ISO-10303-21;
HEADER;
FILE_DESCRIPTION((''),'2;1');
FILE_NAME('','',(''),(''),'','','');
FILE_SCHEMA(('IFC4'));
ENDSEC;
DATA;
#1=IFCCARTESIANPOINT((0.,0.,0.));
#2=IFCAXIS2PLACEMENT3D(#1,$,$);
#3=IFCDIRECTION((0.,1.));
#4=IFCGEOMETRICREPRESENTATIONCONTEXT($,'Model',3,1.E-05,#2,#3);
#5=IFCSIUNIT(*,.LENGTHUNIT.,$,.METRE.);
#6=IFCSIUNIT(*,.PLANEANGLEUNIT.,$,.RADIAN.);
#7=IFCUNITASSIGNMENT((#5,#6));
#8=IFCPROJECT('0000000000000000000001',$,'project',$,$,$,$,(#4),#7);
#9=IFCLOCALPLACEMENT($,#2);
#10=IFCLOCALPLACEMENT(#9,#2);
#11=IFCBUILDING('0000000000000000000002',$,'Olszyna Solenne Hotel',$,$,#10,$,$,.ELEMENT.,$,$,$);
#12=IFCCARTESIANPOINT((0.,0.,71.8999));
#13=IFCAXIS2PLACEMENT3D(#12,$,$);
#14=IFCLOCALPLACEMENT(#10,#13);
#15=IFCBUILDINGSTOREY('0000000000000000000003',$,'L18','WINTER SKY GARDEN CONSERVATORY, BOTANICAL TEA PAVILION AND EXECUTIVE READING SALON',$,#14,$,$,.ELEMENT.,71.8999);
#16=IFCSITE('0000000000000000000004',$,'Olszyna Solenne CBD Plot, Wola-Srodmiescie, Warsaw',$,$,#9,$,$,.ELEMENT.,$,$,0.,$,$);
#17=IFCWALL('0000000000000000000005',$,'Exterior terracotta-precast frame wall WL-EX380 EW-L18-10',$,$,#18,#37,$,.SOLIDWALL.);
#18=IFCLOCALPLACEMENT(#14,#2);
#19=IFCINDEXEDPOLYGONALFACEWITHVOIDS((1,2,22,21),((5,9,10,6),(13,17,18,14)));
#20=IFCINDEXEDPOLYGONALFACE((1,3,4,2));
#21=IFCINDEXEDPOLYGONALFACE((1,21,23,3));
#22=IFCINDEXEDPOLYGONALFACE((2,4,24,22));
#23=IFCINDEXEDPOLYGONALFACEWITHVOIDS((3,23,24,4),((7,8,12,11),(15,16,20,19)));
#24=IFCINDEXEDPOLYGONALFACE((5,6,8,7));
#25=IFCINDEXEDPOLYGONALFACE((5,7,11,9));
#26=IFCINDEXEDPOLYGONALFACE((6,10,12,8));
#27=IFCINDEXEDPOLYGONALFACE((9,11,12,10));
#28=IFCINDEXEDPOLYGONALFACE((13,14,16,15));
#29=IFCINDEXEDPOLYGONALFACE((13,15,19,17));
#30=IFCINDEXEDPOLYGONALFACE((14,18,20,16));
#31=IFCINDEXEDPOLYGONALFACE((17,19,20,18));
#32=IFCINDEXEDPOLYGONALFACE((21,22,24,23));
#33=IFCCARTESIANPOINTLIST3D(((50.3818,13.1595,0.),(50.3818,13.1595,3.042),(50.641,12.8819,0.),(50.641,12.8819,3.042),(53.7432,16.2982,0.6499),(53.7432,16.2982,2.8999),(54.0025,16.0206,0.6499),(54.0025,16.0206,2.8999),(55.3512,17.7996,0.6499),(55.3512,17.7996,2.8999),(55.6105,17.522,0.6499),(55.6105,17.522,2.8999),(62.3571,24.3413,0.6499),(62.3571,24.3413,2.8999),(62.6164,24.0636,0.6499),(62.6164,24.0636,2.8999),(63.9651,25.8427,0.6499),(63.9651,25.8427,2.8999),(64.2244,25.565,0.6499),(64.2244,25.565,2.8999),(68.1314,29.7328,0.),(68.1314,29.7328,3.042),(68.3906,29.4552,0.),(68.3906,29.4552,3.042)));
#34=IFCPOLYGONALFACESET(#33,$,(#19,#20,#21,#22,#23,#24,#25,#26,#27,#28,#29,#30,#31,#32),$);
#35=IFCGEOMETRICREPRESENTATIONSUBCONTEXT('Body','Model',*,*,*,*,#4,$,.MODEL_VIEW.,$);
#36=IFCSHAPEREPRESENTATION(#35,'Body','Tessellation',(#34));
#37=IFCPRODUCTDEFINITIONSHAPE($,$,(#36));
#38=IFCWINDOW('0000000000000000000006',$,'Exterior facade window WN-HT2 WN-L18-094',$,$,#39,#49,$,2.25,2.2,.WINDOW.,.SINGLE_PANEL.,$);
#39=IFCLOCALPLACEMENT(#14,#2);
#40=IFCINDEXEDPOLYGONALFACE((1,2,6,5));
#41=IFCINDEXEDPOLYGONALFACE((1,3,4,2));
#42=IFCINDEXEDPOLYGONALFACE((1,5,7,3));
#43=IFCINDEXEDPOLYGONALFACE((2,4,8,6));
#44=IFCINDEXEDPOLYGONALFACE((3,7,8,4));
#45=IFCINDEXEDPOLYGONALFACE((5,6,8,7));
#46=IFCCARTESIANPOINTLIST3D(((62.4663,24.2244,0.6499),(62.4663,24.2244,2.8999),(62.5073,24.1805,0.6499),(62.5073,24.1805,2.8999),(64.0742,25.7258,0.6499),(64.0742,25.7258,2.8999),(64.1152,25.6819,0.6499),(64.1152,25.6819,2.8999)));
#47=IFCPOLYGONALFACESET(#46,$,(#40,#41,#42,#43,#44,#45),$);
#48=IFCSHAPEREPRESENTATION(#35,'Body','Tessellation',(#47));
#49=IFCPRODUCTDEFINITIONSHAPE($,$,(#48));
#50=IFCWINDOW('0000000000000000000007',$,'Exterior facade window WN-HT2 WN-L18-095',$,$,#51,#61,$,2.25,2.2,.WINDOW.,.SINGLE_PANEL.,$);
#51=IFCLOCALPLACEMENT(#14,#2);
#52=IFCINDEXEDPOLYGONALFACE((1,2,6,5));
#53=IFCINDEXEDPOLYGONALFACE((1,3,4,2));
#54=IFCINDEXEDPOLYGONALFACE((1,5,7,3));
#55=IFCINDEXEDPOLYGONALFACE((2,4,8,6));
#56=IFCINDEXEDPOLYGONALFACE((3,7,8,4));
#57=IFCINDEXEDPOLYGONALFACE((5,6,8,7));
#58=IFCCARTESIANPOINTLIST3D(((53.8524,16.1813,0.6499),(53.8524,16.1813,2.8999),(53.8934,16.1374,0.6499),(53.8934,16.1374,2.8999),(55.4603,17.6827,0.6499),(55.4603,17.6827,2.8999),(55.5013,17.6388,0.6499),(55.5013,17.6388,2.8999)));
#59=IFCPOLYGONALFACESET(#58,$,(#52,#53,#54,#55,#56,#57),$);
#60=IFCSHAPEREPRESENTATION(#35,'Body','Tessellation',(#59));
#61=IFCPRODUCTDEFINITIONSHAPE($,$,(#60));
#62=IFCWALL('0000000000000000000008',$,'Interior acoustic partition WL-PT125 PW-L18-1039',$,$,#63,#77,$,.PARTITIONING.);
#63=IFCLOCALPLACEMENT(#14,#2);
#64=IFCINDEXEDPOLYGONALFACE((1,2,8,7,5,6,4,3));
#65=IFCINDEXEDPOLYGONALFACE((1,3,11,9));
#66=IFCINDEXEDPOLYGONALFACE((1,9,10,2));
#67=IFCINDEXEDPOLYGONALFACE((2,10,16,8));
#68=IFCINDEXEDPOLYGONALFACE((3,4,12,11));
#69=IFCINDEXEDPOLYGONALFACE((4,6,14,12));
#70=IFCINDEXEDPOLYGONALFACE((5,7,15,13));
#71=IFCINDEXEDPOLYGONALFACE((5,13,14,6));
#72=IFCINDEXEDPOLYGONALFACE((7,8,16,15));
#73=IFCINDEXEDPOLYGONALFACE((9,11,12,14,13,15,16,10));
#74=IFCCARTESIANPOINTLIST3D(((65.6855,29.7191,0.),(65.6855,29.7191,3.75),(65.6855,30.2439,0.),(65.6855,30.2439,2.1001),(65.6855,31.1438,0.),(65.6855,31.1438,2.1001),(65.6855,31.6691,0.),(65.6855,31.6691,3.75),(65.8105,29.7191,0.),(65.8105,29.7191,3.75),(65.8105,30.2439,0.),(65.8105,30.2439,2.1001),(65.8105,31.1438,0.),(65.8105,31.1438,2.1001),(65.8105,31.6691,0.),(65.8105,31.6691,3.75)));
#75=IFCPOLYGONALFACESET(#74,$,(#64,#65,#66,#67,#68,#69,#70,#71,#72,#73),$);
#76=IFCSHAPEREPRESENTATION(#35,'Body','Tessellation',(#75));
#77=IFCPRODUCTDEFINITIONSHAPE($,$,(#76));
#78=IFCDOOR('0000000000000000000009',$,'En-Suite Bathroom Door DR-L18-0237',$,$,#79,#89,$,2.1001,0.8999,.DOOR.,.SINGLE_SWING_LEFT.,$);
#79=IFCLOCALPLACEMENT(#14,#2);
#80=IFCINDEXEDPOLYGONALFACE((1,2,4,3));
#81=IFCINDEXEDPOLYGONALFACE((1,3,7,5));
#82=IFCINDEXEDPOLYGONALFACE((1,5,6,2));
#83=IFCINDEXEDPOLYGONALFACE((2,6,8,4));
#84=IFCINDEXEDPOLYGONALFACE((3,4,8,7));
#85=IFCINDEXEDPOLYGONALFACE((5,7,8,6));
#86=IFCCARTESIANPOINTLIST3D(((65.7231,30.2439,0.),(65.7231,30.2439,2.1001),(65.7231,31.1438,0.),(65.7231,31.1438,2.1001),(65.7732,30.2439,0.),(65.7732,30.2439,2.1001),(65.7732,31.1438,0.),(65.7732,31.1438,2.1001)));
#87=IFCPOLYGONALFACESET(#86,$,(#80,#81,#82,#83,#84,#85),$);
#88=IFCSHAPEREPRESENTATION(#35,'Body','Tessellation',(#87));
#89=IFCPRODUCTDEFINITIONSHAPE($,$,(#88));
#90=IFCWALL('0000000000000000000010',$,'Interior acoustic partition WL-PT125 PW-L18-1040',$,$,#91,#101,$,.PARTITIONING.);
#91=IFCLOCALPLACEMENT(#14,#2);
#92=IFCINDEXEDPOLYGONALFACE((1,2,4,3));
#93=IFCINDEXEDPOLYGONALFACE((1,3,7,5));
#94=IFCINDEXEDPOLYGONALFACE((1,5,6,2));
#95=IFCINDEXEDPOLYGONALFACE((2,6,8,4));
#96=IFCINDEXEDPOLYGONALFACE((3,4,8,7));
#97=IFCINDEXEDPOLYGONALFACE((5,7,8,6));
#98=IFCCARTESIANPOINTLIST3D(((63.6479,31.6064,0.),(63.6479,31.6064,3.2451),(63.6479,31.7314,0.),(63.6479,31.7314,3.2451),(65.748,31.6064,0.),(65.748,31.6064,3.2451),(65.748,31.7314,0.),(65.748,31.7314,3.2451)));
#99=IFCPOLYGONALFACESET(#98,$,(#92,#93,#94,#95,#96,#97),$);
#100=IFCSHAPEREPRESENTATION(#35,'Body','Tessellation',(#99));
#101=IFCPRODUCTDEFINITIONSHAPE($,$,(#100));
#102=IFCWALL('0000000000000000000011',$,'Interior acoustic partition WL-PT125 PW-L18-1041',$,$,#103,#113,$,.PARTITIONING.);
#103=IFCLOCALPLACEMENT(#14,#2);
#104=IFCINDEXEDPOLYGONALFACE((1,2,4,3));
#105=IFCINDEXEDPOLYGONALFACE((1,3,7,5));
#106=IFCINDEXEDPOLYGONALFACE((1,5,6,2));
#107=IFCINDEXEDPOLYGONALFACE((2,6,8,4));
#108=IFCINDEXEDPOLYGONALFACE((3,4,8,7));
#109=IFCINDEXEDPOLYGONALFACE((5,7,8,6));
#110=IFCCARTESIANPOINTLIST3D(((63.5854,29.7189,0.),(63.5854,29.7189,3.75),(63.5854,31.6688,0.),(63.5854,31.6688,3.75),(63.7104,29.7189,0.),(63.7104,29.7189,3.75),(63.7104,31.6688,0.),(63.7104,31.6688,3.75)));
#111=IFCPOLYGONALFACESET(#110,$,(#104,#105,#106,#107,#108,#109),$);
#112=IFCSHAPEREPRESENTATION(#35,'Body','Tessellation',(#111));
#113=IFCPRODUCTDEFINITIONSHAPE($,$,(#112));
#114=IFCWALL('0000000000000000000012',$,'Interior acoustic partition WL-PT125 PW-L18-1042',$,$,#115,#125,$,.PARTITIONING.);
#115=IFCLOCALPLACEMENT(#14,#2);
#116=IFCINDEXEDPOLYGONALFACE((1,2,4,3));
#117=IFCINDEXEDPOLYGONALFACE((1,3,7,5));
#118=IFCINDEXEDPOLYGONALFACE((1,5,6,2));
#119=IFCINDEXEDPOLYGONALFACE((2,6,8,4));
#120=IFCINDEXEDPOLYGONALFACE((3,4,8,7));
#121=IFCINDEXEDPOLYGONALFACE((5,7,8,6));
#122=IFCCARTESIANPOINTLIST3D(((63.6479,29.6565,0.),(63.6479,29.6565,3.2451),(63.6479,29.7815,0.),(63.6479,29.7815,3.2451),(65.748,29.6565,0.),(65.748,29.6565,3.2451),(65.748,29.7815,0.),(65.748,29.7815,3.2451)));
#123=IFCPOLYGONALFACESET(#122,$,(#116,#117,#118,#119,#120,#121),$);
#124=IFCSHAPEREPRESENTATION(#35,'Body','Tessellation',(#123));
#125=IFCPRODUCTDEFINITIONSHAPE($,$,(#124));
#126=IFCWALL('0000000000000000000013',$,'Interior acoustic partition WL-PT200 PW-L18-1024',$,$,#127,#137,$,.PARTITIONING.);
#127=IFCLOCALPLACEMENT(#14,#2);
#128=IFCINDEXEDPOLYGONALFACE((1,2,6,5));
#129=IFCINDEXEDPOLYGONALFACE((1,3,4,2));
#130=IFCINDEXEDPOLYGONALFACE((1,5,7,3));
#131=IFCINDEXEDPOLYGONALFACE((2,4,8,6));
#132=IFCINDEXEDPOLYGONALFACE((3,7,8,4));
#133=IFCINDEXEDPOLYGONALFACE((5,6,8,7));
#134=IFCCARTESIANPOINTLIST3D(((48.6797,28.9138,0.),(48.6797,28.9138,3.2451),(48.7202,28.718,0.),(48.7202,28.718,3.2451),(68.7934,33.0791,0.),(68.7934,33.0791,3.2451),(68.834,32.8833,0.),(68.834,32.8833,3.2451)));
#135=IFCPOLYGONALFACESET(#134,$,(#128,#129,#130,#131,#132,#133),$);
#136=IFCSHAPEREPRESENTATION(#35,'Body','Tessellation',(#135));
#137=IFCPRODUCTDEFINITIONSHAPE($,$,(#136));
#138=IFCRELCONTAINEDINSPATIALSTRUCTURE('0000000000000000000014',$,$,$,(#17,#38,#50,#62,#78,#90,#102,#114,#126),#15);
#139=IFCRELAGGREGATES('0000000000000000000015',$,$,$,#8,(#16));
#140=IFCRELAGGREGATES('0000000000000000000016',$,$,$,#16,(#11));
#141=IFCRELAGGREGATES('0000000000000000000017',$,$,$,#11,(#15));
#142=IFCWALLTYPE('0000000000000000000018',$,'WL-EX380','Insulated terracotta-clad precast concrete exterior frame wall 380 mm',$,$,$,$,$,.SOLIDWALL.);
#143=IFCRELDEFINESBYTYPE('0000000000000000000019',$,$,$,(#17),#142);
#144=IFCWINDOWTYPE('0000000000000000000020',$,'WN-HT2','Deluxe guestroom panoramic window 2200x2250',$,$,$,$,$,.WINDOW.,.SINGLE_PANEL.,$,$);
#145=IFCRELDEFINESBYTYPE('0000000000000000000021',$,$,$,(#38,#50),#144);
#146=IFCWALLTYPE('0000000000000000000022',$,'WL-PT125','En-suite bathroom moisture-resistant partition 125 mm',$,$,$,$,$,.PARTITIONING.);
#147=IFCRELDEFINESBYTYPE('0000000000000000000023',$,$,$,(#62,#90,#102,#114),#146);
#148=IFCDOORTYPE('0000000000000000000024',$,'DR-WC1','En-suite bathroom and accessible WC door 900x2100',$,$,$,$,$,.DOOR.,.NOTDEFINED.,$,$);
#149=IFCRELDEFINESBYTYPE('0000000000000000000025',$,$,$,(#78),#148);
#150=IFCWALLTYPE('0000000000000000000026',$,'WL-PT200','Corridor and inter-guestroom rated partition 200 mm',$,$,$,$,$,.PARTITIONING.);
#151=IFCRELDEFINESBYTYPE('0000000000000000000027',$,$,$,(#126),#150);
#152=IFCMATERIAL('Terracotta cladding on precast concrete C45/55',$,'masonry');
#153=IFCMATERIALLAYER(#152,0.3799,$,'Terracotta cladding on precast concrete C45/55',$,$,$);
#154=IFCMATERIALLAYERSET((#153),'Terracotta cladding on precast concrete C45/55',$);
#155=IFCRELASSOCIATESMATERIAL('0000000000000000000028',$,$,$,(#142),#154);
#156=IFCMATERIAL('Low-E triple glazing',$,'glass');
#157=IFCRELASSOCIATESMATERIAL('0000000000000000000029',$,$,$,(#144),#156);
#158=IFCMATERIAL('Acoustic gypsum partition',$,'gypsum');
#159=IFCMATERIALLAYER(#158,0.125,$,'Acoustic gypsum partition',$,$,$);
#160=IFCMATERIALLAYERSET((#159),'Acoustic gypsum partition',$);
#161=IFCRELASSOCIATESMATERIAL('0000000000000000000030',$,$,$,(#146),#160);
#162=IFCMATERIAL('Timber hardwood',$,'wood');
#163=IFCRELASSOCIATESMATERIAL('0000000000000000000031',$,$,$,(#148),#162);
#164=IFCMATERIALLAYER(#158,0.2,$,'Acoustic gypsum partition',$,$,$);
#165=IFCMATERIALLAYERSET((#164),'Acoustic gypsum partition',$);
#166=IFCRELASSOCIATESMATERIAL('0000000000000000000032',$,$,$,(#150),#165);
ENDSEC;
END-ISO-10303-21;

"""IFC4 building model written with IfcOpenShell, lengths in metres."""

from ifc_helpers import new_model, si_unit, direction, frame, frame_2d, origin, place, context, subcontext, project, spatial, rectangle, extrude, source, transform, mapped, material, layer, layer_set, type_object, type_shapes, element, fill, save


model = new_model("IFC4")

# Units and contexts
model_context = context("Model", 3, precision=1e-05, world=origin(), true_north=direction((0.0, 1.0)))
body_context = subcontext(model_context, "Body", "Model", "MODEL_VIEW")
ifc_project = project(units=[si_unit("LENGTHUNIT", "METRE"), si_unit("PLANEANGLEUNIT", "RADIAN")], contexts=[model_context])

# Site, building, storey
site_placement = place(None, origin())
site = spatial("IfcSite", under=ifc_project, at=site_placement, Name="Olszyna Solenne CBD Plot, Wola-Srodmiescie, Warsaw", CompositionType="ELEMENT", RefElevation=0.0)
building_placement = place(site_placement, origin())
building = spatial("IfcBuilding", under=site, at=building_placement, Name="Olszyna Solenne Hotel", CompositionType="ELEMENT")
storey_placement = place(building_placement, frame((0.0, 0.0, 71.8999)))
storey = spatial("IfcBuildingStorey", under=building, at=storey_placement, Name="L18", Description="WINTER SKY GARDEN CONSERVATORY, BOTANICAL TEA PAVILION AND EXECUTIVE READING SALON", CompositionType="ELEMENT", Elevation=71.8999)

# Shared definitions
ifc_material_1 = material(Name="Timber hardwood", Category="wood")

# Shared definitions
ifc_material_2 = material(Name="Low-E triple glazing", Category="glass")

# Wall, openings, windows
ifc_material_3 = material(Name="Terracotta cladding on precast concrete C45/55", Category="masonry")
ifc_layer_1 = layer(ifc_material_3, 0.3799, Name="Terracotta cladding on precast concrete C45/55")
ifc_layer_set_1 = layer_set([ifc_layer_1], Name="Terracotta cladding on precast concrete C45/55")
wall_type_1 = type_object("IfcWallType", Name="WL-EX380", Description="Insulated terracotta-clad precast concrete exterior frame wall 380 mm", PredefinedType="SOLIDWALL", material=ifc_layer_set_1)
window_type_1 = type_object("IfcWindowType", Name="WN-HT2", Description="Deluxe guestroom panoramic window 2200x2250", PartitioningType="SINGLE_PANEL", PredefinedType="WINDOW", material=ifc_material_2)
shared_shape_1 = source(origin(), body_context, "Body", "SweptSolid", [
    extrude(rectangle(XDim=2.2, YDim=2.25, at=frame_2d((1.1001, 1.125))), frame((0.0, 0.03, 0.0), z_axis=(0.0, -1.0, 0.0), x_axis=(1.0, 0.0, 0.0)), (0.0, 0.0, 1.0), 0.0601),
])
type_shapes(window_type_1, [shared_shape_1])
wall_1_placement = place(storey_placement, frame((68.261, 29.594, 0.0), z_axis=(0.0, 0.0, 1.0), x_axis=(-0.730911, -0.682473, 0.0)))
wall_1 = element("IfcWall", 1, at=wall_1_placement, inside=storey, type_object=wall_type_1, Name="Exterior terracotta-precast frame wall WL-EX380 EW-L18-10", PredefinedType="SOLIDWALL", context=body_context, shape_type="SweptSolid", body=[
    extrude(rectangle(XDim=24.2842, YDim=0.3799, at=frame_2d((12.1421, 0.0))), origin(), (0.0, 0.0, 1.0), 3.042),
])
opening_1_placement = place(wall_1_placement, frame((5.7, 0.0, 0.6499)))
opening_1 = element("IfcOpeningElement", 2, at=opening_1_placement, cuts=wall_1, PredefinedType="OPENING", context=body_context, shape_type="SweptSolid", body=[
    extrude(rectangle(XDim=2.2, YDim=2.25, at=frame_2d((1.1001, 1.125))), frame((0.0, 0.2, 0.0), z_axis=(0.0, -1.0, 0.0), x_axis=(1.0, 0.0, 0.0)), (0.0, 0.0, 1.0), 0.3999),
])
opening_2_placement = place(wall_1_placement, frame((17.4851, 0.0, 0.6499)))
opening_2 = element("IfcOpeningElement", 3, at=opening_2_placement, cuts=wall_1, PredefinedType="OPENING", context=body_context, shape_type="SweptSolid", body=[
    extrude(rectangle(XDim=2.2, YDim=2.25, at=frame_2d((1.1001, 1.125))), frame((0.0, 0.2, 0.0), z_axis=(0.0, -1.0, 0.0), x_axis=(1.0, 0.0, 0.0)), (0.0, 0.0, 1.0), 0.3999),
])
window_1_placement = place(opening_1_placement, origin())
window_1 = element("IfcWindow", 4, at=window_1_placement, inside=storey, type_object=window_type_1, Name="Exterior facade window WN-HT2 WN-L18-094", OverallHeight=2.25, OverallWidth=2.2, PartitioningType="SINGLE_PANEL", PredefinedType="WINDOW", context=body_context, shape_type="MappedRepresentation", body=[
    mapped(shared_shape_1, transform((0.0, 0.0, 0.0), x_axis=(1.0, 0.0, 0.0), y_axis=(0.0, 1.0, 0.0), z_axis=(0.0, 0.0, 1.0), scale=1.0)),
])
fill(opening_1, window_1)
window_2_placement = place(opening_2_placement, origin())
window_2 = element("IfcWindow", 5, at=window_2_placement, inside=storey, type_object=window_type_1, Name="Exterior facade window WN-HT2 WN-L18-095", OverallHeight=2.25, OverallWidth=2.2, PartitioningType="SINGLE_PANEL", PredefinedType="WINDOW", context=body_context, shape_type="MappedRepresentation", body=[
    mapped(shared_shape_1, transform((0.0, 0.0, 0.0), x_axis=(1.0, 0.0, 0.0), y_axis=(0.0, 1.0, 0.0), z_axis=(0.0, 0.0, 1.0), scale=1.0)),
])
fill(opening_2, window_2)

# Wall, opening, door
ifc_material_4 = material(Name="Acoustic gypsum partition", Category="gypsum")
ifc_layer_2 = layer(ifc_material_4, 0.125, Name="Acoustic gypsum partition")
ifc_layer_set_2 = layer_set([ifc_layer_2], Name="Acoustic gypsum partition")
wall_type_2 = type_object("IfcWallType", Name="WL-PT125", Description="En-suite bathroom moisture-resistant partition 125 mm", PredefinedType="PARTITIONING", material=ifc_layer_set_2)
wall_2_placement = place(storey_placement, frame((65.748, 29.719, 0.0), z_axis=(0.0, 0.0, 1.0), x_axis=(0.0, 1.0, 0.0)))
wall_2 = element("IfcWall", 6, at=wall_2_placement, inside=storey, type_object=wall_type_2, Name="Interior acoustic partition WL-PT125 PW-L18-1039", PredefinedType="PARTITIONING", context=body_context, shape_type="SweptSolid", body=[
    extrude(rectangle(XDim=1.95, YDim=0.125, at=frame_2d((0.9751, 0.0))), origin(), (0.0, 0.0, 1.0), 3.75),
])
opening_3_placement = place(wall_2_placement, frame((0.5249, 0.0, 0.0)))
opening_3 = element("IfcOpeningElement", 7, at=opening_3_placement, cuts=wall_2, PredefinedType="OPENING", context=body_context, shape_type="SweptSolid", body=[
    extrude(rectangle(XDim=0.8999, YDim=2.1001, at=frame_2d((0.45, 1.05))), frame((0.0, 0.0725, 0.0), z_axis=(0.0, -1.0, 0.0), x_axis=(1.0, 0.0, 0.0)), (0.0, 0.0, 1.0), 0.145),
])
door_type_1 = type_object("IfcDoorType", Name="DR-WC1", Description="En-suite bathroom and accessible WC door 900x2100", OperationType="NOTDEFINED", PredefinedType="DOOR", material=ifc_material_1)
shared_shape_2 = source(origin(), body_context, "Body", "SweptSolid", [
    extrude(rectangle(XDim=0.8999, YDim=2.1001, at=frame_2d((0.45, 1.05))), frame((0.0, 0.0249, 0.0), z_axis=(0.0, -1.0, 0.0), x_axis=(1.0, 0.0, 0.0)), (0.0, 0.0, 1.0), 0.05),
])
type_shapes(door_type_1, [shared_shape_2])
door_1_placement = place(opening_3_placement, origin())
door_1 = element("IfcDoor", 8, at=door_1_placement, inside=storey, type_object=door_type_1, Name="En-Suite Bathroom Door DR-L18-0237", OperationType="SINGLE_SWING_LEFT", OverallHeight=2.1001, OverallWidth=0.8999, PredefinedType="DOOR", context=body_context, shape_type="MappedRepresentation", body=[
    mapped(shared_shape_2, transform((0.0, 0.0, 0.0), x_axis=(1.0, 0.0, 0.0), y_axis=(0.0, 1.0, 0.0), z_axis=(0.0, 0.0, 1.0), scale=1.0)),
])
fill(opening_3, door_1)

# Walls
wall_3_placement = place(storey_placement, frame((65.748, 31.6689, 0.0), z_axis=(0.0, 0.0, 1.0), x_axis=(-1.0, 0.0, 0.0)))
element("IfcWall", 9, at=wall_3_placement, inside=storey, type_object=wall_type_2, Name="Interior acoustic partition WL-PT125 PW-L18-1040", PredefinedType="PARTITIONING", context=body_context, shape_type="SweptSolid", body=[
    extrude(rectangle(XDim=2.1001, YDim=0.125, at=frame_2d((1.05, 0.0))), origin(), (0.0, 0.0, 1.0), 3.2451),
])
wall_4_placement = place(storey_placement, frame((63.6479, 31.6689, 0.0), z_axis=(0.0, 0.0, 1.0), x_axis=(0.0, -1.0, 0.0)))
element("IfcWall", 10, at=wall_4_placement, inside=storey, type_object=wall_type_2, Name="Interior acoustic partition WL-PT125 PW-L18-1041", PredefinedType="PARTITIONING", context=body_context, shape_type="SweptSolid", body=[
    extrude(rectangle(XDim=1.95, YDim=0.125, at=frame_2d((0.9751, 0.0))), origin(), (0.0, 0.0, 1.0), 3.75),
])
wall_5_placement = place(storey_placement, frame((63.6479, 29.719, 0.0), z_axis=(0.0, 0.0, 1.0), x_axis=(1.0, 0.0, 0.0)))
element("IfcWall", 11, at=wall_5_placement, inside=storey, type_object=wall_type_2, Name="Interior acoustic partition WL-PT125 PW-L18-1042", PredefinedType="PARTITIONING", context=body_context, shape_type="SweptSolid", body=[
    extrude(rectangle(XDim=2.1001, YDim=0.125, at=frame_2d((1.05, 0.0))), origin(), (0.0, 0.0, 1.0), 3.2451),
])
ifc_layer_3 = layer(ifc_material_4, 0.2, Name="Acoustic gypsum partition")
ifc_layer_set_3 = layer_set([ifc_layer_3], Name="Acoustic gypsum partition")
wall_type_3 = type_object("IfcWallType", Name="WL-PT200", Description="Corridor and inter-guestroom rated partition 200 mm", PredefinedType="PARTITIONING", material=ifc_layer_set_3)
wall_6_placement = place(storey_placement, frame((48.7, 28.8159, 0.0), z_axis=(0.0, 0.0, 1.0), x_axis=(0.979224, 0.202784, 0.0)))
element("IfcWall", 12, at=wall_6_placement, inside=storey, type_object=wall_type_3, Name="Interior acoustic partition WL-PT200 PW-L18-1024", PredefinedType="PARTITIONING", context=body_context, shape_type="SweptSolid", body=[
    extrude(rectangle(XDim=20.5405, YDim=0.2, at=frame_2d((10.2703, 0.0))), origin(), (0.0, 0.0, 1.0), 3.2451),
])

save(model, "model.ifc")
